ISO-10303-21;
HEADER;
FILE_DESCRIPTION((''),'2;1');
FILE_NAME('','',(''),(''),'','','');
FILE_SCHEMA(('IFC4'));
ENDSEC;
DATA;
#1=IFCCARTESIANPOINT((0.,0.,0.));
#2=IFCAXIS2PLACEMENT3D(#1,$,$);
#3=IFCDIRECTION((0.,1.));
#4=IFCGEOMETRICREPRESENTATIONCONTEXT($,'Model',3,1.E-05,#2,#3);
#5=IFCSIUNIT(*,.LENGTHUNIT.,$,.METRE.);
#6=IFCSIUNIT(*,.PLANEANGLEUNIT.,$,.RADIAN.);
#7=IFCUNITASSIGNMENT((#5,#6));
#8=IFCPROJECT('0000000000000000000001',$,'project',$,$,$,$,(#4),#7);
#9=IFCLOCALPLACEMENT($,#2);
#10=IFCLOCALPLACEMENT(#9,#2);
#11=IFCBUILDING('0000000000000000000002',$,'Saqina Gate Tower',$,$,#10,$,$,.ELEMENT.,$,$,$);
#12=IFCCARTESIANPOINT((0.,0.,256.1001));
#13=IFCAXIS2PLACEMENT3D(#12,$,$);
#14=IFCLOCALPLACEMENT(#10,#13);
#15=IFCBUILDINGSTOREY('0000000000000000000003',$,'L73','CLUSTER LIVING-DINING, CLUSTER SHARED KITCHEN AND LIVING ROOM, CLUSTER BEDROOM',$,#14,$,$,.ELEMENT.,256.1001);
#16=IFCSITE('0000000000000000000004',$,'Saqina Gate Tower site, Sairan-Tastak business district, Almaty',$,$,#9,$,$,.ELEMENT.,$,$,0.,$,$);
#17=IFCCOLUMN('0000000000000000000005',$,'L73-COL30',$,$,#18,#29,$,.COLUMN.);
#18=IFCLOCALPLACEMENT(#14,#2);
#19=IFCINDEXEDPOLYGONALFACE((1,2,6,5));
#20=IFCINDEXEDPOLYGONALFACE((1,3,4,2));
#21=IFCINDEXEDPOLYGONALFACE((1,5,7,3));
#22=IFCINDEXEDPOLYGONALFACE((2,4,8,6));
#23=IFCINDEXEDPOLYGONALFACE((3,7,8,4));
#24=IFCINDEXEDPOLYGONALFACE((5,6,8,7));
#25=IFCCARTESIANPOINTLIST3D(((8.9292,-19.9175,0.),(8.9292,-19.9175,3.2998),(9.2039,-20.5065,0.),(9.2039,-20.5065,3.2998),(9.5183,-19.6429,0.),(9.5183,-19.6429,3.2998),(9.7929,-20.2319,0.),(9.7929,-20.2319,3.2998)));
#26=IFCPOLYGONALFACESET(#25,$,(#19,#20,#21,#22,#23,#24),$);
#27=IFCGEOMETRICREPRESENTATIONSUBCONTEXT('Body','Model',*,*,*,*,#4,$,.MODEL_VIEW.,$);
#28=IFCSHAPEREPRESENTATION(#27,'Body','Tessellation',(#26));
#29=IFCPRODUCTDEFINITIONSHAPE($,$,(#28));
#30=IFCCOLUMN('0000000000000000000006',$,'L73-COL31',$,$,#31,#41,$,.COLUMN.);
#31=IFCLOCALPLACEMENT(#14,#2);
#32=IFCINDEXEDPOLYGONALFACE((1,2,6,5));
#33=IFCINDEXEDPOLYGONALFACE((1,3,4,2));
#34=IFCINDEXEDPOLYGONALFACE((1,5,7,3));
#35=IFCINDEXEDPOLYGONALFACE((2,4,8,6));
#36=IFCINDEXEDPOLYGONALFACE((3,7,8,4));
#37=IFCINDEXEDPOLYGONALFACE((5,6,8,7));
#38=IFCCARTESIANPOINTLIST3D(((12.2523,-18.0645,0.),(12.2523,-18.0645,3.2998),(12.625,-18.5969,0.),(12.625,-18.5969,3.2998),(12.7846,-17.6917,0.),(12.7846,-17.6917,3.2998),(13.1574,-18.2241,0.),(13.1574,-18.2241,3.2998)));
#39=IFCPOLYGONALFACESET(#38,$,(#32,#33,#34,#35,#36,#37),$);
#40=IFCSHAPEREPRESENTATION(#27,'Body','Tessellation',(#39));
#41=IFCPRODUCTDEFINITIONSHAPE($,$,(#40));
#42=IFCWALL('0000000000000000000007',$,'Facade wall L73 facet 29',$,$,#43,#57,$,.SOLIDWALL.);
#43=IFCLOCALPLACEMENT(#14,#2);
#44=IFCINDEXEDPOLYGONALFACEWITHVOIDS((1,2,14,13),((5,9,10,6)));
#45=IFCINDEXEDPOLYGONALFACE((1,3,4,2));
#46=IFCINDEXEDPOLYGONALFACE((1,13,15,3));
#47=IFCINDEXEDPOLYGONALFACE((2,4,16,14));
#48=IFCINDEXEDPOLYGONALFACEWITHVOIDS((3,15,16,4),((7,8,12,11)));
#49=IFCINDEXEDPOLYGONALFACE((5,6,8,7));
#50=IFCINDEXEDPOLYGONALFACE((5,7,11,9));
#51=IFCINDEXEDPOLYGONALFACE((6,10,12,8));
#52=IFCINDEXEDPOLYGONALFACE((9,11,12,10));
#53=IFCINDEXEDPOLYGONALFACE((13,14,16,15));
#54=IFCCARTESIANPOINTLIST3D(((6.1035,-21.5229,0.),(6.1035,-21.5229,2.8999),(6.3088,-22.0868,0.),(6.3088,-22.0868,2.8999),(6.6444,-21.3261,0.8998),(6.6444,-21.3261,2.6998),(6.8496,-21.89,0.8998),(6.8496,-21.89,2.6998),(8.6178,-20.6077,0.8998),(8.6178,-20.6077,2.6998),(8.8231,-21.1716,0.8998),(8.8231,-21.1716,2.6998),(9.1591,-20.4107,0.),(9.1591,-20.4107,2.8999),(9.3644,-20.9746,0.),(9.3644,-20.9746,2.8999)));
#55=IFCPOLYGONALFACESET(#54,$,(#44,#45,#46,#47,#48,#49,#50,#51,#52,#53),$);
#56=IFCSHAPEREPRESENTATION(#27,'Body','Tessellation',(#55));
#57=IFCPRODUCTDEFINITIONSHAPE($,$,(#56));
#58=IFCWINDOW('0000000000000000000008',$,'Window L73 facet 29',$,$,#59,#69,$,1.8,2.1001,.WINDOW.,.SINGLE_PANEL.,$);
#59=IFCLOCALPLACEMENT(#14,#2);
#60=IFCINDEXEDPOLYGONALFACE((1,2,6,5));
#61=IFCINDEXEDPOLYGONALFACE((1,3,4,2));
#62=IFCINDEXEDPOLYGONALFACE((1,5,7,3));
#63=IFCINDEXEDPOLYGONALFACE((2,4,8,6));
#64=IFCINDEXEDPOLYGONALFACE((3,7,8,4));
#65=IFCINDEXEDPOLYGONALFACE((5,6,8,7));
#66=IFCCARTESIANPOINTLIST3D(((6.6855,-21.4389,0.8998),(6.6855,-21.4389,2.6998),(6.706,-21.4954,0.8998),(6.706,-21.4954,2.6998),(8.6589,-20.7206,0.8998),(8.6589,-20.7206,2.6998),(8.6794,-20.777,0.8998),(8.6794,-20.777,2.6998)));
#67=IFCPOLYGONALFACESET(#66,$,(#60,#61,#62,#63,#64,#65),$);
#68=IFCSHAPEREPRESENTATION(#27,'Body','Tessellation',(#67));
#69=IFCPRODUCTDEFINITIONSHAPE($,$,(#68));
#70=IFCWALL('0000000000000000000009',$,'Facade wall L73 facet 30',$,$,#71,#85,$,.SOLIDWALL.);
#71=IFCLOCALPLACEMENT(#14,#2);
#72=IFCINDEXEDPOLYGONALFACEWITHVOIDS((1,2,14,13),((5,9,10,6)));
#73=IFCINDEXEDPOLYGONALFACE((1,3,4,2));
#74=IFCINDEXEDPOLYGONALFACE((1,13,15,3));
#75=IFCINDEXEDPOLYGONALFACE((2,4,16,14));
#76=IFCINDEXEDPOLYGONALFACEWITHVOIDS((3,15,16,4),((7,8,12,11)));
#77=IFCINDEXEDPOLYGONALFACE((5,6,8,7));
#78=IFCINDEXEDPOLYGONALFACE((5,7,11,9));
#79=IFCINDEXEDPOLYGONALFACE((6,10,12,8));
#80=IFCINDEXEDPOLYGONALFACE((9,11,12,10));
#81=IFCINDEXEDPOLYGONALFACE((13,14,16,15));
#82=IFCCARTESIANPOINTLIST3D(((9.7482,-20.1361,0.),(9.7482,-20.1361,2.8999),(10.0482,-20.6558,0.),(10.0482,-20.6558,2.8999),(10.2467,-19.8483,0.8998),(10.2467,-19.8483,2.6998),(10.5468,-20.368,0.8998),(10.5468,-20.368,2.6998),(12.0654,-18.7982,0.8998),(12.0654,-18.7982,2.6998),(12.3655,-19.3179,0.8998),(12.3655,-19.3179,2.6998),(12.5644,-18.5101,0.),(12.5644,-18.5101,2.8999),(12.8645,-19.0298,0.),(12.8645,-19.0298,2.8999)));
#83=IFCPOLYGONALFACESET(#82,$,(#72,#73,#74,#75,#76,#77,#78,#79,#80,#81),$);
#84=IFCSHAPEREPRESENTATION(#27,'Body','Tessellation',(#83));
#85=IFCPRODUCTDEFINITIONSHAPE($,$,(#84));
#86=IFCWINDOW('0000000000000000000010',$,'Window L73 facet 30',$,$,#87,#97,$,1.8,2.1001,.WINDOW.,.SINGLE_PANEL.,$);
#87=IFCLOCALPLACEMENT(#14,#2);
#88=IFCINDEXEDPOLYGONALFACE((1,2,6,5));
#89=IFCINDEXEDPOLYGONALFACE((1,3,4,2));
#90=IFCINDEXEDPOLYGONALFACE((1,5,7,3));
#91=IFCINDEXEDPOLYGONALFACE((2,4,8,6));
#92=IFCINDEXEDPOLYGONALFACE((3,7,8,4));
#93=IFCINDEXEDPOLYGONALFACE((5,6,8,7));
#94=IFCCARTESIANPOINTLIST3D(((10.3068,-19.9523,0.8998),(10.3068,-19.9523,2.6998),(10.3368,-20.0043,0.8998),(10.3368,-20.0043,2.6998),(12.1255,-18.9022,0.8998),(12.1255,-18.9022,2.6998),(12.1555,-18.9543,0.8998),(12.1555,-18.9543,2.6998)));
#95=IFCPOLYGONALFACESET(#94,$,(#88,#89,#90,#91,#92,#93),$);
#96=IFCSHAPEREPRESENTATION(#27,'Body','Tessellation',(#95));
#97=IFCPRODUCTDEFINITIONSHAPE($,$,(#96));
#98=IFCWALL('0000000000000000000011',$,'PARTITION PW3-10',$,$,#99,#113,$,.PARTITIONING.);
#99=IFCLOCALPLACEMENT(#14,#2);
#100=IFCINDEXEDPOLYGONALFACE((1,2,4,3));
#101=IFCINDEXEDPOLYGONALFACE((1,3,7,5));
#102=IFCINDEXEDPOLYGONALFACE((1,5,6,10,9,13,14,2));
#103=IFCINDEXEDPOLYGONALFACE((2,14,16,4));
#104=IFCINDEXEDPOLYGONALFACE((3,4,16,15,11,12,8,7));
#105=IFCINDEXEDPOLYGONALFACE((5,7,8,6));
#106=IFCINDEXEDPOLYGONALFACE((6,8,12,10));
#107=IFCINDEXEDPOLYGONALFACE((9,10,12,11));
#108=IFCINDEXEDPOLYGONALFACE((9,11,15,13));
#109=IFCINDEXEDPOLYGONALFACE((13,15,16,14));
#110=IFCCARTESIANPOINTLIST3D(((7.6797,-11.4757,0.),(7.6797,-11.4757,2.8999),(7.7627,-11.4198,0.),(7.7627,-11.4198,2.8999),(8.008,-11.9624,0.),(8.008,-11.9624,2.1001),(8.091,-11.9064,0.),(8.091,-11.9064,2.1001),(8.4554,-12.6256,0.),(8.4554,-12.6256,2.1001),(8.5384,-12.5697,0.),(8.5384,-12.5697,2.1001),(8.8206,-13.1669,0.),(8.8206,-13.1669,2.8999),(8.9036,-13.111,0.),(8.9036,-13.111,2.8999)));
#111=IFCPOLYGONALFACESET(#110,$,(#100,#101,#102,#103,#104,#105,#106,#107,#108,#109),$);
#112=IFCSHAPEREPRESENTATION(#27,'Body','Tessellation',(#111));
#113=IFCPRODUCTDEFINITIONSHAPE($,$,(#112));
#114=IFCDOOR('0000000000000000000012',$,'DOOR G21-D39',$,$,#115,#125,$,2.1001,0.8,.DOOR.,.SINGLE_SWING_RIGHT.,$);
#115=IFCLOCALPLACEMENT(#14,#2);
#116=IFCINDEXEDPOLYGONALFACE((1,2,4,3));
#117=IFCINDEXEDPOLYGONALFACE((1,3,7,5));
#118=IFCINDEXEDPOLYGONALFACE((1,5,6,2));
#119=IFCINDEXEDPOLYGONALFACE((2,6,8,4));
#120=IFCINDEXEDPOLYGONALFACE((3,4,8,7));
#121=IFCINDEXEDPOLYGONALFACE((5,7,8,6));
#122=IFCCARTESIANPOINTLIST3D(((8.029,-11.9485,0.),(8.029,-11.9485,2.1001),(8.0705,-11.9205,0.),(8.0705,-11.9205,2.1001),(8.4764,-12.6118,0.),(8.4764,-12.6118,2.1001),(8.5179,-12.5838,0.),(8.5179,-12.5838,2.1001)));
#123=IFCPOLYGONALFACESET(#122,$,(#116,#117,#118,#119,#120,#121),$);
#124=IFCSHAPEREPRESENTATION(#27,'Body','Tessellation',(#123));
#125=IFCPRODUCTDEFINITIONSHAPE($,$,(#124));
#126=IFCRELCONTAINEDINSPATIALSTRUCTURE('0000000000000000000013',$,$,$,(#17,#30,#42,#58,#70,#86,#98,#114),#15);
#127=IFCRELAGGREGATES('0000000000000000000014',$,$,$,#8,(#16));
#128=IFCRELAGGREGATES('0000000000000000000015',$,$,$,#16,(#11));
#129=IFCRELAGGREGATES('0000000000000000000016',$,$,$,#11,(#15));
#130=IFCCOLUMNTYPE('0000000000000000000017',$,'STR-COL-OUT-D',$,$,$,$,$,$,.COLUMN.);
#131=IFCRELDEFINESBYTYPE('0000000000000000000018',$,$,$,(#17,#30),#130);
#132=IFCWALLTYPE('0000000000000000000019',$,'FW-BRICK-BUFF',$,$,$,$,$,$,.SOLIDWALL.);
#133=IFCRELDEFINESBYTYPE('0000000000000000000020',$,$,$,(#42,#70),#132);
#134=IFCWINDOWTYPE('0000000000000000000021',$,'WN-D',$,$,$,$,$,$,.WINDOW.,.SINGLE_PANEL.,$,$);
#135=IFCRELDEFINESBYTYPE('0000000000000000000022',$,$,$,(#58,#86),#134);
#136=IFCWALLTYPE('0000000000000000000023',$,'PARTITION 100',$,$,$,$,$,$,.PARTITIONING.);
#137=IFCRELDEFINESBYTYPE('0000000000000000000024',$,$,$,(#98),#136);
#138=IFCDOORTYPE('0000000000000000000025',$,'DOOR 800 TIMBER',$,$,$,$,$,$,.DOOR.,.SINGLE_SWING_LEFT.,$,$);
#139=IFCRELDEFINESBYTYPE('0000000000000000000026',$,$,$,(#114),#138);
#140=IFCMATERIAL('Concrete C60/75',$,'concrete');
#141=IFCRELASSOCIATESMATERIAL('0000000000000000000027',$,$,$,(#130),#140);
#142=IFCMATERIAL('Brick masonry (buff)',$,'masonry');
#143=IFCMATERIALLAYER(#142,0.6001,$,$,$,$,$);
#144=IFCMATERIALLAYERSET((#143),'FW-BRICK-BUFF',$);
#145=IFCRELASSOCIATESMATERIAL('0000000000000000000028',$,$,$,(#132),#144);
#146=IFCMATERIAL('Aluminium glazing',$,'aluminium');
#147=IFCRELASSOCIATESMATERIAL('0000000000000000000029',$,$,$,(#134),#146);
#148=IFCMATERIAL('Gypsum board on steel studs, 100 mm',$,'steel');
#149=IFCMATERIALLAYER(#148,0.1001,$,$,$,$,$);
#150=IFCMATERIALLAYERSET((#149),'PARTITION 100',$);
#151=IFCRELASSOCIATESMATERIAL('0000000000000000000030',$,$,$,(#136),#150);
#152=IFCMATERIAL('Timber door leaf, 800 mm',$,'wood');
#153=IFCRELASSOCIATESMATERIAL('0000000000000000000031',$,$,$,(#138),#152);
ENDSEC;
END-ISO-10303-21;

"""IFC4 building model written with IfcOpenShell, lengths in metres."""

from ifc_helpers import new_model, si_unit, direction, frame, frame_2d, origin, origin_2d, place, context, subcontext, project, spatial, rectangle, extrude, material, layer, layer_set, material_profile, profile_set, type_object, element, fill, save


model = new_model("IFC4")

# Units and contexts
model_context = context("Model", 3, precision=1e-05, world=origin(), true_north=direction((0.0, 1.0)))
body_context = subcontext(model_context, "Body", "Model", "MODEL_VIEW")
ifc_project = project(units=[si_unit("LENGTHUNIT", "METRE"), si_unit("PLANEANGLEUNIT", "RADIAN")], contexts=[model_context])

# Site, building, storey
site_placement = place(None, origin())
site = spatial("IfcSite", under=ifc_project, at=site_placement, Name="Saqina Gate Tower site, Sairan-Tastak business district, Almaty", CompositionType="ELEMENT", RefElevation=0.0)
building_placement = place(site_placement, origin())
building = spatial("IfcBuilding", under=site, at=building_placement, Name="Saqina Gate Tower", CompositionType="ELEMENT")
storey_placement = place(building_placement, frame((0.0, 0.0, 256.1001)))
storey = spatial("IfcBuildingStorey", under=building, at=storey_placement, Name="L73", Description="CLUSTER LIVING-DINING, CLUSTER SHARED KITCHEN AND LIVING ROOM, CLUSTER BEDROOM", CompositionType="ELEMENT", Elevation=256.1001)

# Columns
ifc_material_1 = material(Name="Concrete C60/75", Category="concrete")
ifc_material_profile = material_profile(ifc_material_1, rectangle(XDim=0.6499, YDim=0.6499, at=origin_2d()), Name="RC 650x650")
ifc_profile_set = profile_set([ifc_material_profile], Name="Concrete C60/75")
column_type = type_object("IfcColumnType", Name="STR-COL-OUT-D", PredefinedType="COLUMN", material=ifc_profile_set)
for number, where, z_axis, x_axis, name in (
    (1, (9.3611, -20.0747, 0.0), (0.0, 0.0, 1.0), (0.422618, -0.906308, 0.0), "L73-COL30"),
    (2, (12.7048, -18.1443, 0.0), (0.0, 0.0, 1.0), (0.573576, -0.819152, 0.0), "L73-COL31"),
):
    element("IfcColumn", number, at=place(storey_placement, frame(where, z_axis=z_axis, x_axis=x_axis)), inside=storey, type_object=column_type, Name=name, PredefinedType="COLUMN", context=body_context, shape_type="SweptSolid", body=[
        extrude(rectangle(XDim=0.6499, YDim=0.6499, at=origin_2d()), origin(), (0.0, 0.0, 1.0), 3.2998),
    ])

# Walls, openings, windows
ifc_material_2 = material(Name="Brick masonry (buff)", Category="masonry")
ifc_layer_1 = layer(ifc_material_2, 0.6001)
ifc_layer_set_1 = layer_set([ifc_layer_1], Name="FW-BRICK-BUFF")
wall_type_1 = type_object("IfcWallType", Name="FW-BRICK-BUFF", PredefinedType="SOLIDWALL", material=ifc_layer_set_1)
wall_1_placement = place(storey_placement, frame((6.2061, -21.8049, 0.0), z_axis=(0.0, 0.0, 1.0), x_axis=(0.939679, 0.342057, 0.0)))
wall_1 = element("IfcWall", 3, at=wall_1_placement, inside=storey, type_object=wall_type_1, Name="Facade wall L73 facet 29", PredefinedType="SOLIDWALL", context=body_context, shape_type="SweptSolid", body=[
    extrude(rectangle(XDim=3.2517, YDim=0.6001, at=frame_2d((1.626, 0.0))), origin(), (0.0, 0.0, 1.0), 2.8999),
])
opening_1_placement = place(wall_1_placement, frame((0.5757, 0.0, 0.8999)))
opening_1 = element("IfcOpeningElement", 4, at=opening_1_placement, cuts=wall_1, PredefinedType="OPENING", context=body_context, shape_type="SweptSolid", body=[
    extrude(rectangle(XDim=2.1001, YDim=1.8, at=frame_2d((1.05, 0.8999))), frame((0.0, 0.312, 0.0), z_axis=(0.0, -1.0, 0.0), x_axis=(1.0, 0.0, 0.0)), (0.0, 0.0, 1.0), 0.624),
])
ifc_material_3 = material(Name="Aluminium glazing", Category="aluminium")
window_type = type_object("IfcWindowType", Name="WN-D", PartitioningType="SINGLE_PANEL", PredefinedType="WINDOW", material=ifc_material_3)
window_1_placement = place(opening_1_placement, origin())
window_1 = element("IfcWindow", 5, at=window_1_placement, inside=storey, type_object=window_type, Name="Window L73 facet 29", OverallHeight=1.8, OverallWidth=2.1001, PartitioningType="SINGLE_PANEL", PredefinedType="WINDOW", context=body_context, shape_type="SweptSolid", body=[
    extrude(rectangle(XDim=2.1001, YDim=1.8, at=frame_2d((1.05, 0.8999))), frame((0.0, 0.1799, 0.0), z_axis=(0.0, -1.0, 0.0), x_axis=(1.0, 0.0, 0.0)), (0.0, 0.0, 1.0), 0.0601),
])
fill(opening_1, window_1)
wall_2_placement = place(storey_placement, frame((9.8982, -20.396, 0.0), z_axis=(0.0, 0.0, 1.0), x_axis=(0.866017, 0.500015, 0.0)))
wall_2 = element("IfcWall", 6, at=wall_2_placement, inside=storey, type_object=wall_type_1, Name="Facade wall L73 facet 30", PredefinedType="SOLIDWALL", context=body_context, shape_type="SweptSolid", body=[
    extrude(rectangle(XDim=3.252, YDim=0.6001, at=frame_2d((1.626, 0.0))), origin(), (0.0, 0.0, 1.0), 2.8999),
])
opening_2_placement = place(wall_2_placement, frame((0.5757, 0.0, 0.8999)))
opening_2 = element("IfcOpeningElement", 7, at=opening_2_placement, cuts=wall_2, PredefinedType="OPENING", context=body_context, shape_type="SweptSolid", body=[
    extrude(rectangle(XDim=2.1001, YDim=1.8, at=frame_2d((1.05, 0.8999))), frame((0.0, 0.312, 0.0), z_axis=(0.0, -1.0, 0.0), x_axis=(1.0, 0.0, 0.0)), (0.0, 0.0, 1.0), 0.624),
])
window_2_placement = place(opening_2_placement, origin())
window_2 = element("IfcWindow", 8, at=window_2_placement, inside=storey, type_object=window_type, Name="Window L73 facet 30", OverallHeight=1.8, OverallWidth=2.1001, PartitioningType="SINGLE_PANEL", PredefinedType="WINDOW", context=body_context, shape_type="SweptSolid", body=[
    extrude(rectangle(XDim=2.1001, YDim=1.8, at=frame_2d((1.05, 0.8999))), frame((0.0, 0.1799, 0.0), z_axis=(0.0, -1.0, 0.0), x_axis=(1.0, 0.0, 0.0)), (0.0, 0.0, 1.0), 0.0601),
])
fill(opening_2, window_2)

# Wall, opening, door
ifc_material_4 = material(Name="Gypsum board on steel studs, 100 mm", Category="steel")
ifc_layer_2 = layer(ifc_material_4, 0.1001)
ifc_layer_set_2 = layer_set([ifc_layer_2], Name="PARTITION 100")
wall_type_2 = type_object("IfcWallType", Name="PARTITION 100", PredefinedType="PARTITIONING", material=ifc_layer_set_2)
wall_3_placement = place(storey_placement, frame((7.7212, -11.4478, 0.0), z_axis=(0.0, 0.0, 1.0), x_axis=(0.559249, -0.829, 0.0)))
wall_3 = element("IfcWall", 9, at=wall_3_placement, inside=storey, type_object=wall_type_2, Name="PARTITION PW3-10", PredefinedType="PARTITIONING", context=body_context, shape_type="SweptSolid", body=[
    extrude(rectangle(XDim=2.04, YDim=0.1001, at=frame_2d((1.02, 0.0))), origin(), (0.0, 0.0, 1.0), 2.8999),
])
opening_3_placement = place(wall_3_placement, frame((0.5872, 0.0, 0.0)))
opening_3 = element("IfcOpeningElement", 10, at=opening_3_placement, cuts=wall_3, PredefinedType="OPENING", context=body_context, shape_type="SweptSolid", body=[
    extrude(rectangle(XDim=0.8, YDim=2.1001, at=frame_2d((0.3999, 1.05))), frame((0.0, 0.062, 0.0), z_axis=(0.0, -1.0, 0.0), x_axis=(1.0, 0.0, 0.0)), (0.0, 0.0, 1.0), 0.124),
])
ifc_material_5 = material(Name="Timber door leaf, 800 mm", Category="wood")
door_type_1 = type_object("IfcDoorType", Name="DOOR 800 TIMBER", OperationType="SINGLE_SWING_LEFT", PredefinedType="DOOR", material=ifc_material_5)
door_1_placement = place(opening_3_placement, frame((0.8, 0.0, 0.0), z_axis=(0.0, 0.0, 1.0), x_axis=(-1.0, 0.0, 0.0)))
door_1 = element("IfcDoor", 11, at=door_1_placement, inside=storey, type_object=door_type_1, Name="DOOR G21-D39", OperationType="SINGLE_SWING_RIGHT", OverallHeight=2.1001, OverallWidth=0.8, PredefinedType="DOOR", context=body_context, shape_type="SweptSolid", body=[
    extrude(rectangle(XDim=0.8, YDim=2.1001, at=frame_2d((0.3999, 1.05))), frame((0.0, 0.0249, 0.0), z_axis=(0.0, -1.0, 0.0), x_axis=(1.0, 0.0, 0.0)), (0.0, 0.0, 1.0), 0.05),
])
fill(opening_3, door_1)

save(model, "model.ifc")
